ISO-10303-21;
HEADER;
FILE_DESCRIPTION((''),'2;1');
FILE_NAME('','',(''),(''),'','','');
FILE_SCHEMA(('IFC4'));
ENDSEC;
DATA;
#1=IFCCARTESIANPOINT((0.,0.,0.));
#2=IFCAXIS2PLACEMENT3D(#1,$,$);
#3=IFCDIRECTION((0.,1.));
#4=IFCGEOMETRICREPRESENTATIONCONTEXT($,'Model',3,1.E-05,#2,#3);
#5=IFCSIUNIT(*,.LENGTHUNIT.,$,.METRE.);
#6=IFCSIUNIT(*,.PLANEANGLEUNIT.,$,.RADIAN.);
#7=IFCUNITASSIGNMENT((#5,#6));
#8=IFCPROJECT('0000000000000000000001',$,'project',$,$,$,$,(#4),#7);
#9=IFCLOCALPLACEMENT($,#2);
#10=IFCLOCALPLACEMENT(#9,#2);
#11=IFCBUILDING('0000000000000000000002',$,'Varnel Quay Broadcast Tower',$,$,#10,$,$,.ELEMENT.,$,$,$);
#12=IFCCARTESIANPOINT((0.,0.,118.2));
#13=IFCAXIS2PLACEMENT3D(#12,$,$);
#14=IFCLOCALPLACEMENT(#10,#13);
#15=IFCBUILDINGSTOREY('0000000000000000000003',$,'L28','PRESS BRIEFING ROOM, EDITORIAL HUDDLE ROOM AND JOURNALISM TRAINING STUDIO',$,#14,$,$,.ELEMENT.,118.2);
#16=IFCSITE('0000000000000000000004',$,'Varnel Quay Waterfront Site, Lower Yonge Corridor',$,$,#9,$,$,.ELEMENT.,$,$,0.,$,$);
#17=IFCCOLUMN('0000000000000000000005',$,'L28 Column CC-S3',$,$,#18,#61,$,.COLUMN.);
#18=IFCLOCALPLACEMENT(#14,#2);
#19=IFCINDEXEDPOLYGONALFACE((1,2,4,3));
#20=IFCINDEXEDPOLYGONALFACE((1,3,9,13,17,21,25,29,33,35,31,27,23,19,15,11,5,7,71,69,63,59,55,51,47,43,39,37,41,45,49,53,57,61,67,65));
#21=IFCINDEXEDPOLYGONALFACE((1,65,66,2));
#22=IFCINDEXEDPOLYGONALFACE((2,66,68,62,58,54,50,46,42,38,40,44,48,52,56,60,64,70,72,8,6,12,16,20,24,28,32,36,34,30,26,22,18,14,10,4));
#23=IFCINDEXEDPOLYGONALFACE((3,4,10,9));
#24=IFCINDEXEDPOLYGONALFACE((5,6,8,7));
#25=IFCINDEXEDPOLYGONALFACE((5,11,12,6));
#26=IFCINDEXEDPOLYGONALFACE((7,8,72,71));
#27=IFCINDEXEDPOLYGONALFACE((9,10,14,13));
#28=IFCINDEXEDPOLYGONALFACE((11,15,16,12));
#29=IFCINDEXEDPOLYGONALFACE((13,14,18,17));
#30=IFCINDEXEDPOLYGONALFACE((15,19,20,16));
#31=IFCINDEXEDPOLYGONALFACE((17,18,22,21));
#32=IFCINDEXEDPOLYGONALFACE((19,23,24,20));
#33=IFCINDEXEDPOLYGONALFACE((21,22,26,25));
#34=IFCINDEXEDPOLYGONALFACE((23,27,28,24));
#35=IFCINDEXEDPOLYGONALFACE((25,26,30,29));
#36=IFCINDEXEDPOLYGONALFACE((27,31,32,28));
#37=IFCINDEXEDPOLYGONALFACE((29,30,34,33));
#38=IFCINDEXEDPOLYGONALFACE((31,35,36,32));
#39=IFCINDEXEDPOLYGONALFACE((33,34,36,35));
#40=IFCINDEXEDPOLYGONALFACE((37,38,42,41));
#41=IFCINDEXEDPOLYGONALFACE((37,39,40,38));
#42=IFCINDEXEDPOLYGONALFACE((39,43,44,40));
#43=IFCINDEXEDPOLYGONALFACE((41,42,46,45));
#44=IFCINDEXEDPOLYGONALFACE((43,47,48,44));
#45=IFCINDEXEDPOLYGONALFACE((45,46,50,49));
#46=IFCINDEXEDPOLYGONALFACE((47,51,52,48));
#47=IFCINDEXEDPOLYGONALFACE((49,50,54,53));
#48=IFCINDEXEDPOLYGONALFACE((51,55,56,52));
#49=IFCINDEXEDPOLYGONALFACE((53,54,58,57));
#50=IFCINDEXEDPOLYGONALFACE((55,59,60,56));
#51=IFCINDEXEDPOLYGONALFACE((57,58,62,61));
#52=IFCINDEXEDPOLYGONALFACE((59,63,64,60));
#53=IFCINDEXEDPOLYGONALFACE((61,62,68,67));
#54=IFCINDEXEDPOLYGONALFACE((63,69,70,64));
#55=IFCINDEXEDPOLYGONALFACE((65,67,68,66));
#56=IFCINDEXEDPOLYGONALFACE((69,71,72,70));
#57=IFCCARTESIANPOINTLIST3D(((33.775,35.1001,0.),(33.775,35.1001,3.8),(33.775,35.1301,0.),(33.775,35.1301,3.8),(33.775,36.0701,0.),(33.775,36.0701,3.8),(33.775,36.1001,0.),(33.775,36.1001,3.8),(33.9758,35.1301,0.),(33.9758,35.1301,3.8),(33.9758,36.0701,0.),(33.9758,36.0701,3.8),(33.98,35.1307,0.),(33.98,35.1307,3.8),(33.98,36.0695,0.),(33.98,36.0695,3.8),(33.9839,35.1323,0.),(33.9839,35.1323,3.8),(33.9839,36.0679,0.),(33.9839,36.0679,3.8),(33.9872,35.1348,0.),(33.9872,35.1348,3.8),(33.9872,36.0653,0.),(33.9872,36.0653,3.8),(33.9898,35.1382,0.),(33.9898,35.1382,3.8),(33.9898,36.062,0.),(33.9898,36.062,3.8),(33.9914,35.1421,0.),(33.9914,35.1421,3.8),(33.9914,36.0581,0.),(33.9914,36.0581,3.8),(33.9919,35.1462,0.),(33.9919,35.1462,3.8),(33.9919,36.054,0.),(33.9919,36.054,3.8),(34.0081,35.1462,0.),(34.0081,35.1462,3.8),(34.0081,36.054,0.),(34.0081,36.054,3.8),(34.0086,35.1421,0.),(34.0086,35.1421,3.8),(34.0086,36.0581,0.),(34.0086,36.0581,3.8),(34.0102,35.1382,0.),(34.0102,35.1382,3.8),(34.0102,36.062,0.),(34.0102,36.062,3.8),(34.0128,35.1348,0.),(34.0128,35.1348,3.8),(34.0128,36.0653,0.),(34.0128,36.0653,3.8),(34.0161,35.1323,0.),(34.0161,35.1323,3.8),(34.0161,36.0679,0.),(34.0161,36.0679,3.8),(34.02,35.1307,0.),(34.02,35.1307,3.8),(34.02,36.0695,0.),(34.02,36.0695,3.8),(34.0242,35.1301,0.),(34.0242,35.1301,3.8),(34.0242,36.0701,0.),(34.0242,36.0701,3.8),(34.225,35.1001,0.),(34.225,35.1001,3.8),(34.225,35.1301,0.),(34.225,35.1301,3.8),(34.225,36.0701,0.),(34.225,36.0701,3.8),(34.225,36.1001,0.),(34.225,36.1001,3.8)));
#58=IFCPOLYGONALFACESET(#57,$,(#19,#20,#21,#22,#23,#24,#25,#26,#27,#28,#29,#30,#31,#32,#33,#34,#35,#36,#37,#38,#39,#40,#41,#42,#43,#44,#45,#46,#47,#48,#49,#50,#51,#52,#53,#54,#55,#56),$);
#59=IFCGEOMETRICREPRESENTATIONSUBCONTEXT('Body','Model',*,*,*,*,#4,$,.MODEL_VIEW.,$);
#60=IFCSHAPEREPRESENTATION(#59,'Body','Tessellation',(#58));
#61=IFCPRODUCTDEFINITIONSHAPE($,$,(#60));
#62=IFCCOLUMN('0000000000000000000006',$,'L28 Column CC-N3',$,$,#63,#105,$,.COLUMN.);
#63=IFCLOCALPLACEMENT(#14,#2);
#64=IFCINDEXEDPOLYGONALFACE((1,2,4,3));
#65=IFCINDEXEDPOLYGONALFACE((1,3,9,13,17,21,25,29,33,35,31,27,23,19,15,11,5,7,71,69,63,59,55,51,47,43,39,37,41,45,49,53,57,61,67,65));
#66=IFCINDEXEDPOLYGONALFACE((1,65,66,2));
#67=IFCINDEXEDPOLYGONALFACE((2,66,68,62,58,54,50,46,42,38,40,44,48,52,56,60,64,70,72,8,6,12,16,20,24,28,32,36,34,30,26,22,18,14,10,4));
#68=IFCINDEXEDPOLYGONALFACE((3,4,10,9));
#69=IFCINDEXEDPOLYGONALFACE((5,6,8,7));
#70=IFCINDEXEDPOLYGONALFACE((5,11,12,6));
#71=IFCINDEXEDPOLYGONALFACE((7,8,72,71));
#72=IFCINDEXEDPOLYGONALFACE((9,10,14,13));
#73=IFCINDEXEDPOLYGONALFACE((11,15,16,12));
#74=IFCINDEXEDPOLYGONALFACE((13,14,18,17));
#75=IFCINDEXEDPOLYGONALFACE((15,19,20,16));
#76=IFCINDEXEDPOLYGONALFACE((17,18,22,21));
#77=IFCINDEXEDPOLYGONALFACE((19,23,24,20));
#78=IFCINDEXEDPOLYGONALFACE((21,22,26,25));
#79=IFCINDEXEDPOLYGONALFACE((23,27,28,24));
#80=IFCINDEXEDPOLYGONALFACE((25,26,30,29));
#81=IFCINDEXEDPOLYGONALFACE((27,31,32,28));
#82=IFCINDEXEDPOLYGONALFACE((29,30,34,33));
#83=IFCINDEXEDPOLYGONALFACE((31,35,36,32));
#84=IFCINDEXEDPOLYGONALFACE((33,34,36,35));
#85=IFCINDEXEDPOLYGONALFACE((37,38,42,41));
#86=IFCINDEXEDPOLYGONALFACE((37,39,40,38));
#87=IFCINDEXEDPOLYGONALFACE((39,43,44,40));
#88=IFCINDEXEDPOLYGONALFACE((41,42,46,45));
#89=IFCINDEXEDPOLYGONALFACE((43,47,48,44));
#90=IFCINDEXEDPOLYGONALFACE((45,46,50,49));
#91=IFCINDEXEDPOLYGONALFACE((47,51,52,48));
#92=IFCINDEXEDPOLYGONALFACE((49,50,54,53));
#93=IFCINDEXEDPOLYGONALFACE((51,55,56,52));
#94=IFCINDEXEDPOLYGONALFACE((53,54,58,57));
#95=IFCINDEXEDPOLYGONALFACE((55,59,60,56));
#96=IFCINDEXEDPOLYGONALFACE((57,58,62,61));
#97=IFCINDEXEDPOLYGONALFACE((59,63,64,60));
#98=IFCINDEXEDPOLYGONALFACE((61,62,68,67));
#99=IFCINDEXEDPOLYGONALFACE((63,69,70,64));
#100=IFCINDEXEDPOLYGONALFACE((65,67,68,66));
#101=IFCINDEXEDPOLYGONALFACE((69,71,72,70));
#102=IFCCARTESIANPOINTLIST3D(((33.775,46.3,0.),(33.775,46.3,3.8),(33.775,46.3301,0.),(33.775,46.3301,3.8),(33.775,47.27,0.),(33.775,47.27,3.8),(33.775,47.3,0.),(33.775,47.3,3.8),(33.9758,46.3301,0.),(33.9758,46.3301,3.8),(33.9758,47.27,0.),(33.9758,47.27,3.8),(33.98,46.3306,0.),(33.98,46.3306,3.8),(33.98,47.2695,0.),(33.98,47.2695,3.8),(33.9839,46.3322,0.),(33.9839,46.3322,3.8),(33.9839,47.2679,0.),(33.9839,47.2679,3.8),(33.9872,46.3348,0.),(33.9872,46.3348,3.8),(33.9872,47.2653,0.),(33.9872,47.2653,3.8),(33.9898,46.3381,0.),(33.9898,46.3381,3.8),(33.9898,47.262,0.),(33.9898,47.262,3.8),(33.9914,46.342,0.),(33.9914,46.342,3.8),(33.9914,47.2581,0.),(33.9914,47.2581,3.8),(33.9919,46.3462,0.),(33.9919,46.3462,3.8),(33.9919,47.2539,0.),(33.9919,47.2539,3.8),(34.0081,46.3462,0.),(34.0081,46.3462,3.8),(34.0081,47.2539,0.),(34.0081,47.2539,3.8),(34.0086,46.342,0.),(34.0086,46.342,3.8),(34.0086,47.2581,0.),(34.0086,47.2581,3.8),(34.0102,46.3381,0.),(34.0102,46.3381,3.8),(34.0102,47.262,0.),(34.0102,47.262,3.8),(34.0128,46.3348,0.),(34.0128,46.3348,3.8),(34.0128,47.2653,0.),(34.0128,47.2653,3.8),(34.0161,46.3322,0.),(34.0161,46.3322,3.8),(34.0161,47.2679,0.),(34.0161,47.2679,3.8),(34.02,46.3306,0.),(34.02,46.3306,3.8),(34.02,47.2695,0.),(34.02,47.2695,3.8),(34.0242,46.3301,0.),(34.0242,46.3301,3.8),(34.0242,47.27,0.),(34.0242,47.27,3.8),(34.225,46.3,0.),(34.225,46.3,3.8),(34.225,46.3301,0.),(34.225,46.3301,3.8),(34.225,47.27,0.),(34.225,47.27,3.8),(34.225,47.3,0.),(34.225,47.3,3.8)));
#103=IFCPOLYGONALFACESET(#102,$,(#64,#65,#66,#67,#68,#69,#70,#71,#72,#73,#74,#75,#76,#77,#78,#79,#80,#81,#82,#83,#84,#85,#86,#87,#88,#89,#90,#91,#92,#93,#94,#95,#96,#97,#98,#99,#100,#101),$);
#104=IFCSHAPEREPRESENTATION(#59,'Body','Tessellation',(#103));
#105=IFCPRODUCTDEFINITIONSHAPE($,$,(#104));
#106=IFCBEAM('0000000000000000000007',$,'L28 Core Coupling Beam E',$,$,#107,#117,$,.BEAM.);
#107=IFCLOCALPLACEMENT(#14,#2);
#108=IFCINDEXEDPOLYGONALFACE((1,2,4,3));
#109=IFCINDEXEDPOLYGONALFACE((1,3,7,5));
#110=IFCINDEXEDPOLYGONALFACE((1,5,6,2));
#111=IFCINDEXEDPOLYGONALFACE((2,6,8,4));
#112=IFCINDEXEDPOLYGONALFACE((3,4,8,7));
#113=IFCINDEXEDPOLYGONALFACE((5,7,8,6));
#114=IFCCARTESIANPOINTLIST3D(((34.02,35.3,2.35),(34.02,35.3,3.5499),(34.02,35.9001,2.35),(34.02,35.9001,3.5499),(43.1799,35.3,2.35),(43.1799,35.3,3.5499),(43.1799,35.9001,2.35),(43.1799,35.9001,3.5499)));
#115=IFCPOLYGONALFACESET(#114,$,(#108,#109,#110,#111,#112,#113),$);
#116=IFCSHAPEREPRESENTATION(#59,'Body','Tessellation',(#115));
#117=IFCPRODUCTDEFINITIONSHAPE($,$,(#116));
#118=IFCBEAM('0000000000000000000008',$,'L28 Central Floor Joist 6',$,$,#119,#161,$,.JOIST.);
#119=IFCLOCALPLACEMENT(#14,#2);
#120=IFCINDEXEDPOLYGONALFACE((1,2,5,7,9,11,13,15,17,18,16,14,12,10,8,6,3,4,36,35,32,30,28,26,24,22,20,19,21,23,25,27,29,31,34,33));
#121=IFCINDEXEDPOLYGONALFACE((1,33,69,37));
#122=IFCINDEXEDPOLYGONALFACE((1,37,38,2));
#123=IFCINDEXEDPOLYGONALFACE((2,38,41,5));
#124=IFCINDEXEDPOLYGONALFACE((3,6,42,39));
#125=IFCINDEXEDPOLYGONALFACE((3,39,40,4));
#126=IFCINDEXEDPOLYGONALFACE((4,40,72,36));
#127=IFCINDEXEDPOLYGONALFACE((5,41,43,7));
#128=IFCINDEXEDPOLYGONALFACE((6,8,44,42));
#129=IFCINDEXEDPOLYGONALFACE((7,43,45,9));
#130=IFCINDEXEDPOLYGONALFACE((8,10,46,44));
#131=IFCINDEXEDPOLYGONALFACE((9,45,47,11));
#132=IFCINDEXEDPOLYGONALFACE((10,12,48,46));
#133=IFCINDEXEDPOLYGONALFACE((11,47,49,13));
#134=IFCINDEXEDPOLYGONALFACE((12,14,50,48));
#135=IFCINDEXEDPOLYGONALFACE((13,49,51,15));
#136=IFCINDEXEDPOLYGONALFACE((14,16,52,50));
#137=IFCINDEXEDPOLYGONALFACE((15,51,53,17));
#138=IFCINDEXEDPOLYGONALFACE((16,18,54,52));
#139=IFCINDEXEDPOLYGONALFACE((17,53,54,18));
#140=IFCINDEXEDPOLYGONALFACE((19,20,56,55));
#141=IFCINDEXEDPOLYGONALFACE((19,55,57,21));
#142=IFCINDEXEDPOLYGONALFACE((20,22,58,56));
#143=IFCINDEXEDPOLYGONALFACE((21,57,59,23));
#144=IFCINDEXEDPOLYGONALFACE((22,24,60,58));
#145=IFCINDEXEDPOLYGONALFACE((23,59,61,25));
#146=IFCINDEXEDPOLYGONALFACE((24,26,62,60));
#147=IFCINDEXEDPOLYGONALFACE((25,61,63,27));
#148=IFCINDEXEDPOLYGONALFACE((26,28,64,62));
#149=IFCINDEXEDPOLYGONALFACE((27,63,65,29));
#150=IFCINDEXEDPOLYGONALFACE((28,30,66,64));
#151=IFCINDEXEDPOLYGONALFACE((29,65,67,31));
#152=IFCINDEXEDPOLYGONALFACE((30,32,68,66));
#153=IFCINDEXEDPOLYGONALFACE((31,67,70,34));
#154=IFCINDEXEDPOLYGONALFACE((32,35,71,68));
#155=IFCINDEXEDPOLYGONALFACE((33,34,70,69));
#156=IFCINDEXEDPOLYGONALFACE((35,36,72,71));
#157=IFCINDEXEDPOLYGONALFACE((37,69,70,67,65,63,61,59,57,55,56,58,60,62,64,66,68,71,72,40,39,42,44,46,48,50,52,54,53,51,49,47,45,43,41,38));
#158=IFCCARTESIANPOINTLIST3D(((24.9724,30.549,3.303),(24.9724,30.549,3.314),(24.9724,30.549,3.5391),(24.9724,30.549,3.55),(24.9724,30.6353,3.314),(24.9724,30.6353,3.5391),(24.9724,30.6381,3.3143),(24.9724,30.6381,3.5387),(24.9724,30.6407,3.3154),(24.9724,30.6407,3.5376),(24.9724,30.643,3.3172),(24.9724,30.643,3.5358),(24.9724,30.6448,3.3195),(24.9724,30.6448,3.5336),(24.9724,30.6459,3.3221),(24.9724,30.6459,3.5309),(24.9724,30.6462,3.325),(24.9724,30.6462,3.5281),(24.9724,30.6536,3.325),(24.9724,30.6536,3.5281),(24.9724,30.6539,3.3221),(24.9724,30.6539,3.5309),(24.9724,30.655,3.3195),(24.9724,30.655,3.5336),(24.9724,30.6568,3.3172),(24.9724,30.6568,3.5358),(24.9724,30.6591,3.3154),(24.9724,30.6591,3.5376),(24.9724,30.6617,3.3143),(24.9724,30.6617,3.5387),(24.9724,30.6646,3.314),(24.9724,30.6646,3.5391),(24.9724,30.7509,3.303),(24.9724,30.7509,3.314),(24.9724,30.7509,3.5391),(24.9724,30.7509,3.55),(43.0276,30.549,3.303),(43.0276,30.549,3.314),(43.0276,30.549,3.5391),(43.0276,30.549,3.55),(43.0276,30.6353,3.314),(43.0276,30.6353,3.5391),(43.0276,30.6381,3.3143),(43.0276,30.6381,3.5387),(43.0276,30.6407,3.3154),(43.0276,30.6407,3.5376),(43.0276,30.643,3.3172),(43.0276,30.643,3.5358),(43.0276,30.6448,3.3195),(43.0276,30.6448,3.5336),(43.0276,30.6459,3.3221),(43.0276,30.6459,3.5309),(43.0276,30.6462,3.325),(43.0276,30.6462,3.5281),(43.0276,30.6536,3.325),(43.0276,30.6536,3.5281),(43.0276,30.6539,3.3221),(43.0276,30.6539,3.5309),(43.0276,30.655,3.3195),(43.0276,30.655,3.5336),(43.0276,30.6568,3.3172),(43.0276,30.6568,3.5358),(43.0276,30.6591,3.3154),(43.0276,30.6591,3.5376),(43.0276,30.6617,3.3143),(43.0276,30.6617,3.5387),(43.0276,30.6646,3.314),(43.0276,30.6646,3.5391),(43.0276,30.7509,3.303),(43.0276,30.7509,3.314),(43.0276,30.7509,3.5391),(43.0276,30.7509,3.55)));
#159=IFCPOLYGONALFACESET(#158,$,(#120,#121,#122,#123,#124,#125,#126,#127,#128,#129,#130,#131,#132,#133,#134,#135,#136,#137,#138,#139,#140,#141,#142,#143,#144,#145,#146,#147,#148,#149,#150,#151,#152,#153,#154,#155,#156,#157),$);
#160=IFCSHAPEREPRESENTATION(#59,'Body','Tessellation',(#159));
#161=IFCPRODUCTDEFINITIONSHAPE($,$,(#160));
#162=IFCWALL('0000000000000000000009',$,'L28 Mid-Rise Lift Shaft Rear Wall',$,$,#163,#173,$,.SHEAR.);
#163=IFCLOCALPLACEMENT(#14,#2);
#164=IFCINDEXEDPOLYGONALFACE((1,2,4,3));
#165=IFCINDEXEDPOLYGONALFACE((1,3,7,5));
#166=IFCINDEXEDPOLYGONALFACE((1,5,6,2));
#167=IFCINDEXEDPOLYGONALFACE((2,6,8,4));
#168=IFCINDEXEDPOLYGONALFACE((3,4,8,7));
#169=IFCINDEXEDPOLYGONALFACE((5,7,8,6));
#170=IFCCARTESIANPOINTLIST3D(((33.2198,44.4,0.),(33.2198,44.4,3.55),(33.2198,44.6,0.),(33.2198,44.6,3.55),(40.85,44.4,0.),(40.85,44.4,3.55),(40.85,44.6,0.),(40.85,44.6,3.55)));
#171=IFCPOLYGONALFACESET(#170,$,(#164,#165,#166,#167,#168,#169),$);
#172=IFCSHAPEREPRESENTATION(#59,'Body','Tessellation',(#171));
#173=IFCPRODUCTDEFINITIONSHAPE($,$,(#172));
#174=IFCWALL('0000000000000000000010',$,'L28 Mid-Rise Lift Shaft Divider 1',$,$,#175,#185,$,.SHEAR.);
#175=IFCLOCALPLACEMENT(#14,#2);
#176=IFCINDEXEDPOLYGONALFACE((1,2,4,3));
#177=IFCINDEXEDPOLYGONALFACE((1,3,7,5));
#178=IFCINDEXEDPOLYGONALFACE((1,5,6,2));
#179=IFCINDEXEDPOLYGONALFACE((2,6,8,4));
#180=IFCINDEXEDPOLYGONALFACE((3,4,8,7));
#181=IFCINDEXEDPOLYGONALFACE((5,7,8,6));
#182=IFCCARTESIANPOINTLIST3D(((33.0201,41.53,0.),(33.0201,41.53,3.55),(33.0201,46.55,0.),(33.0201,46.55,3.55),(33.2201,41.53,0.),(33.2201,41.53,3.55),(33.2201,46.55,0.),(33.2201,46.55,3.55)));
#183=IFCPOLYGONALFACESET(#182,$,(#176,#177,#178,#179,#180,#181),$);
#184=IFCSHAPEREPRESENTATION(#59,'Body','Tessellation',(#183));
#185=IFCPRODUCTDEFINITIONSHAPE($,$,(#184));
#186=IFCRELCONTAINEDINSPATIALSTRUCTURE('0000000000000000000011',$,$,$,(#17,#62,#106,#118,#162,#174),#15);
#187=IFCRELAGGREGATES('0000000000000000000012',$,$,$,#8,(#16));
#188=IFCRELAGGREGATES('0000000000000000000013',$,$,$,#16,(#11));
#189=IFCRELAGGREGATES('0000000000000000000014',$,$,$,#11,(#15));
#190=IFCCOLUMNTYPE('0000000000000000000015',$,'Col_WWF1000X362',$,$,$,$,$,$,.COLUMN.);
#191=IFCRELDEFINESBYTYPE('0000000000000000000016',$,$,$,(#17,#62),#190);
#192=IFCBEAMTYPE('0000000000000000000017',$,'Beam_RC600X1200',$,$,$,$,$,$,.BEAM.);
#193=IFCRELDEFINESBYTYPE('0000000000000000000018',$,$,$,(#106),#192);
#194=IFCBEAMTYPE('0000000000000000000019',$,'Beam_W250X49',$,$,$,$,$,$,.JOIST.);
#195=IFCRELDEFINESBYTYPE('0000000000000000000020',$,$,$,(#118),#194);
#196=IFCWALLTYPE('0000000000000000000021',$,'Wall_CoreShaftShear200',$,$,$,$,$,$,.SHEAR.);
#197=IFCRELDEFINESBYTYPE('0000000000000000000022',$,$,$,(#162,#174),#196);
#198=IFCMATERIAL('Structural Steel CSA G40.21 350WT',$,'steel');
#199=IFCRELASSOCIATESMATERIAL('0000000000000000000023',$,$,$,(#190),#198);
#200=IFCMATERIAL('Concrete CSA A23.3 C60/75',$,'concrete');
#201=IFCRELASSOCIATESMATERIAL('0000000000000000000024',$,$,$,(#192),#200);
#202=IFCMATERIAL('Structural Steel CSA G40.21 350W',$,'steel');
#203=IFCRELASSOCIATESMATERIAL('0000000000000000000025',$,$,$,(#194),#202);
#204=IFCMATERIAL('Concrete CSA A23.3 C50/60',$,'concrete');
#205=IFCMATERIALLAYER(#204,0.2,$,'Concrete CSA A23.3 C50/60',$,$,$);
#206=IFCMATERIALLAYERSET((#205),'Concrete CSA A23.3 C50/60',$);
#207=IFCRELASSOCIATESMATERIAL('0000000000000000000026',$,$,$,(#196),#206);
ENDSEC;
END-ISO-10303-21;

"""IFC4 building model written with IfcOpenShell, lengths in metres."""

from ifc_helpers import new_model, si_unit, direction, frame, frame_2d, origin, origin_2d, place, context, subcontext, project, spatial, rectangle, i_section, extrude, source, transform, mapped, material, layer, layer_set, material_profile, profile_set, type_object, type_shapes, element, save


model = new_model("IFC4")

# Units and contexts
model_context = context("Model", 3, precision=1e-05, world=origin(), true_north=direction((0.0, 1.0)))
body_context = subcontext(model_context, "Body", "Model", "MODEL_VIEW")
ifc_project = project(units=[si_unit("LENGTHUNIT", "METRE"), si_unit("PLANEANGLEUNIT", "RADIAN")], contexts=[model_context])

# Site, building, storey
site_placement = place(None, origin())
site = spatial("IfcSite", under=ifc_project, at=site_placement, Name="Varnel Quay Waterfront Site, Lower Yonge Corridor", CompositionType="ELEMENT", RefElevation=0.0)
building_placement = place(site_placement, origin())
building = spatial("IfcBuilding", under=site, at=building_placement, Name="Varnel Quay Broadcast Tower", CompositionType="ELEMENT")
storey_placement = place(building_placement, frame((0.0, 0.0, 118.2)))
storey = spatial("IfcBuildingStorey", under=building, at=storey_placement, Name="L28", Description="PRESS BRIEFING ROOM, EDITORIAL HUDDLE ROOM AND JOURNALISM TRAINING STUDIO", CompositionType="ELEMENT", Elevation=118.2)

# Columns
ifc_material_1 = material(Name="Structural Steel CSA G40.21 350WT", Category="steel")
ifc_material_profile_1 = material_profile(ifc_material_1, i_section(OverallWidth=0.45, OverallDepth=1.0, WebThickness=0.0161, FlangeThickness=0.03, FilletRadius=0.0161, at=origin_2d()), Name="WWF1000X362")
ifc_profile_set_1 = profile_set([ifc_material_profile_1], Name="Structural Steel CSA G40.21 350WT")
column_type = type_object("IfcColumnType", Name="Col_WWF1000X362", PredefinedType="COLUMN", material=ifc_profile_set_1)
shared_shape_1 = source(origin(), body_context, "Body", "SweptSolid", [
    extrude(i_section(OverallWidth=0.45, OverallDepth=1.0, WebThickness=0.0161, FlangeThickness=0.03, FilletRadius=0.0161, at=origin_2d()), origin(), (0.0, 0.0, 1.0), 3.8),
])
type_shapes(column_type, [shared_shape_1])
for number, where, z_axis, x_axis, name in (
    (1, (34.0, 35.6001, 0.0), (0.0, 0.0, 1.0), (1.0, 0.0, 0.0), "L28 Column CC-S3"),
    (2, (34.0, 46.8, 0.0), (0.0, 0.0, 1.0), (1.0, 0.0, 0.0), "L28 Column CC-N3"),
):
    element("IfcColumn", number, at=place(storey_placement, frame(where, z_axis=z_axis, x_axis=x_axis)), inside=storey, type_object=column_type, Name=name, PredefinedType="COLUMN", context=body_context, shape_type="MappedRepresentation", body=[
        mapped(shared_shape_1, transform((0.0, 0.0, 0.0), x_axis=(1.0, 0.0, 0.0), y_axis=(0.0, 1.0, 0.0), z_axis=(0.0, 0.0, 1.0), scale=1.0)),
    ])

# Beams
ifc_material_2 = material(Name="Concrete CSA A23.3 C60/75", Category="concrete")
ifc_material_profile_2 = material_profile(ifc_material_2, rectangle(XDim=0.6001, YDim=1.2, at=origin_2d()), Name="RC600X1200")
ifc_profile_set_2 = profile_set([ifc_material_profile_2], Name="Concrete CSA A23.3 C60/75")
beam_type_1 = type_object("IfcBeamType", Name="Beam_RC600X1200", PredefinedType="BEAM", material=ifc_profile_set_2)
shared_shape_2 = source(origin(), body_context, "Body", "SweptSolid", [
    extrude(rectangle(XDim=0.6001, YDim=1.2, at=origin_2d()), origin(), (0.0, 0.0, 1.0), 9.1599),
])
type_shapes(beam_type_1, [shared_shape_2])
beam_1_placement = place(storey_placement, frame((34.02, 35.6001, 2.95), z_axis=(1.0, 0.0, 0.0), x_axis=(0.0, 1.0, 0.0)))
element("IfcBeam", 3, at=beam_1_placement, inside=storey, type_object=beam_type_1, Name="L28 Core Coupling Beam E", PredefinedType="BEAM", context=body_context, shape_type="MappedRepresentation", body=[
    mapped(shared_shape_2, transform((0.0, 0.0, 0.0), x_axis=(1.0, 0.0, 0.0), y_axis=(0.0, 1.0, 0.0), z_axis=(0.0, 0.0, 1.0), scale=1.0)),
])
ifc_material_3 = material(Name="Structural Steel CSA G40.21 350W", Category="steel")
ifc_material_profile_3 = material_profile(ifc_material_3, i_section(OverallWidth=0.2019, OverallDepth=0.2471, WebThickness=0.0073, FlangeThickness=0.011, FilletRadius=0.011, at=origin_2d()), Name="W250X49")
ifc_profile_set_3 = profile_set([ifc_material_profile_3], Name="Structural Steel CSA G40.21 350W")
beam_type_2 = type_object("IfcBeamType", Name="Beam_W250X49", PredefinedType="JOIST", material=ifc_profile_set_3)
shared_shape_3 = source(origin(), body_context, "Body", "SweptSolid", [
    extrude(i_section(OverallWidth=0.2019, OverallDepth=0.2471, WebThickness=0.0073, FlangeThickness=0.011, FilletRadius=0.011, at=origin_2d()), origin(), (0.0, 0.0, 1.0), 18.0552),
])
type_shapes(beam_type_2, [shared_shape_3])
beam_2_placement = place(storey_placement, frame((24.9724, 30.6499, 3.4265), z_axis=(1.0, 0.0, 0.0), x_axis=(0.0, 1.0, 0.0)))
element("IfcBeam", 4, at=beam_2_placement, inside=storey, type_object=beam_type_2, Name="L28 Central Floor Joist 6", PredefinedType="JOIST", context=body_context, shape_type="MappedRepresentation", body=[
    mapped(shared_shape_3, transform((0.0, 0.0, 0.0), x_axis=(1.0, 0.0, 0.0), y_axis=(0.0, 1.0, 0.0), z_axis=(0.0, 0.0, 1.0), scale=1.0)),
])

# Walls
ifc_material_4 = material(Name="Concrete CSA A23.3 C50/60", Category="concrete")
ifc_layer_1 = layer(ifc_material_4, 0.2, Name="Concrete CSA A23.3 C50/60")
ifc_layer_set_1 = layer_set([ifc_layer_1], Name="Concrete CSA A23.3 C50/60")
wall_type_1 = type_object("IfcWallType", Name="Wall_CoreShaftShear200", PredefinedType="SHEAR", material=ifc_layer_set_1)
wall_1_placement = place(storey_placement, frame((33.22, 44.5, 0.0), z_axis=(0.0, 0.0, 1.0), x_axis=(1.0, 0.0, 0.0)))
element("IfcWall", 5, at=wall_1_placement, inside=storey, type_object=wall_type_1, Name="L28 Mid-Rise Lift Shaft Rear Wall", PredefinedType="SHEAR", context=body_context, shape_type="SweptSolid", body=[
    extrude(rectangle(XDim=7.6301, YDim=0.2, at=frame_2d((3.8149, 0.0))), origin(), (0.0, 0.0, 1.0), 3.55),
])
wall_2_placement = place(storey_placement, frame((33.1201, 41.53, 0.0), z_axis=(0.0, 0.0, 1.0), x_axis=(0.0, 1.0, 0.0)))
element("IfcWall", 6, at=wall_2_placement, inside=storey, type_object=wall_type_1, Name="L28 Mid-Rise Lift Shaft Divider 1", PredefinedType="SHEAR", context=body_context, shape_type="SweptSolid", body=[
    extrude(rectangle(XDim=5.02, YDim=0.2, at=frame_2d((2.51, 0.0))), origin(), (0.0, 0.0, 1.0), 3.55),
])

save(model, "model.ifc")
